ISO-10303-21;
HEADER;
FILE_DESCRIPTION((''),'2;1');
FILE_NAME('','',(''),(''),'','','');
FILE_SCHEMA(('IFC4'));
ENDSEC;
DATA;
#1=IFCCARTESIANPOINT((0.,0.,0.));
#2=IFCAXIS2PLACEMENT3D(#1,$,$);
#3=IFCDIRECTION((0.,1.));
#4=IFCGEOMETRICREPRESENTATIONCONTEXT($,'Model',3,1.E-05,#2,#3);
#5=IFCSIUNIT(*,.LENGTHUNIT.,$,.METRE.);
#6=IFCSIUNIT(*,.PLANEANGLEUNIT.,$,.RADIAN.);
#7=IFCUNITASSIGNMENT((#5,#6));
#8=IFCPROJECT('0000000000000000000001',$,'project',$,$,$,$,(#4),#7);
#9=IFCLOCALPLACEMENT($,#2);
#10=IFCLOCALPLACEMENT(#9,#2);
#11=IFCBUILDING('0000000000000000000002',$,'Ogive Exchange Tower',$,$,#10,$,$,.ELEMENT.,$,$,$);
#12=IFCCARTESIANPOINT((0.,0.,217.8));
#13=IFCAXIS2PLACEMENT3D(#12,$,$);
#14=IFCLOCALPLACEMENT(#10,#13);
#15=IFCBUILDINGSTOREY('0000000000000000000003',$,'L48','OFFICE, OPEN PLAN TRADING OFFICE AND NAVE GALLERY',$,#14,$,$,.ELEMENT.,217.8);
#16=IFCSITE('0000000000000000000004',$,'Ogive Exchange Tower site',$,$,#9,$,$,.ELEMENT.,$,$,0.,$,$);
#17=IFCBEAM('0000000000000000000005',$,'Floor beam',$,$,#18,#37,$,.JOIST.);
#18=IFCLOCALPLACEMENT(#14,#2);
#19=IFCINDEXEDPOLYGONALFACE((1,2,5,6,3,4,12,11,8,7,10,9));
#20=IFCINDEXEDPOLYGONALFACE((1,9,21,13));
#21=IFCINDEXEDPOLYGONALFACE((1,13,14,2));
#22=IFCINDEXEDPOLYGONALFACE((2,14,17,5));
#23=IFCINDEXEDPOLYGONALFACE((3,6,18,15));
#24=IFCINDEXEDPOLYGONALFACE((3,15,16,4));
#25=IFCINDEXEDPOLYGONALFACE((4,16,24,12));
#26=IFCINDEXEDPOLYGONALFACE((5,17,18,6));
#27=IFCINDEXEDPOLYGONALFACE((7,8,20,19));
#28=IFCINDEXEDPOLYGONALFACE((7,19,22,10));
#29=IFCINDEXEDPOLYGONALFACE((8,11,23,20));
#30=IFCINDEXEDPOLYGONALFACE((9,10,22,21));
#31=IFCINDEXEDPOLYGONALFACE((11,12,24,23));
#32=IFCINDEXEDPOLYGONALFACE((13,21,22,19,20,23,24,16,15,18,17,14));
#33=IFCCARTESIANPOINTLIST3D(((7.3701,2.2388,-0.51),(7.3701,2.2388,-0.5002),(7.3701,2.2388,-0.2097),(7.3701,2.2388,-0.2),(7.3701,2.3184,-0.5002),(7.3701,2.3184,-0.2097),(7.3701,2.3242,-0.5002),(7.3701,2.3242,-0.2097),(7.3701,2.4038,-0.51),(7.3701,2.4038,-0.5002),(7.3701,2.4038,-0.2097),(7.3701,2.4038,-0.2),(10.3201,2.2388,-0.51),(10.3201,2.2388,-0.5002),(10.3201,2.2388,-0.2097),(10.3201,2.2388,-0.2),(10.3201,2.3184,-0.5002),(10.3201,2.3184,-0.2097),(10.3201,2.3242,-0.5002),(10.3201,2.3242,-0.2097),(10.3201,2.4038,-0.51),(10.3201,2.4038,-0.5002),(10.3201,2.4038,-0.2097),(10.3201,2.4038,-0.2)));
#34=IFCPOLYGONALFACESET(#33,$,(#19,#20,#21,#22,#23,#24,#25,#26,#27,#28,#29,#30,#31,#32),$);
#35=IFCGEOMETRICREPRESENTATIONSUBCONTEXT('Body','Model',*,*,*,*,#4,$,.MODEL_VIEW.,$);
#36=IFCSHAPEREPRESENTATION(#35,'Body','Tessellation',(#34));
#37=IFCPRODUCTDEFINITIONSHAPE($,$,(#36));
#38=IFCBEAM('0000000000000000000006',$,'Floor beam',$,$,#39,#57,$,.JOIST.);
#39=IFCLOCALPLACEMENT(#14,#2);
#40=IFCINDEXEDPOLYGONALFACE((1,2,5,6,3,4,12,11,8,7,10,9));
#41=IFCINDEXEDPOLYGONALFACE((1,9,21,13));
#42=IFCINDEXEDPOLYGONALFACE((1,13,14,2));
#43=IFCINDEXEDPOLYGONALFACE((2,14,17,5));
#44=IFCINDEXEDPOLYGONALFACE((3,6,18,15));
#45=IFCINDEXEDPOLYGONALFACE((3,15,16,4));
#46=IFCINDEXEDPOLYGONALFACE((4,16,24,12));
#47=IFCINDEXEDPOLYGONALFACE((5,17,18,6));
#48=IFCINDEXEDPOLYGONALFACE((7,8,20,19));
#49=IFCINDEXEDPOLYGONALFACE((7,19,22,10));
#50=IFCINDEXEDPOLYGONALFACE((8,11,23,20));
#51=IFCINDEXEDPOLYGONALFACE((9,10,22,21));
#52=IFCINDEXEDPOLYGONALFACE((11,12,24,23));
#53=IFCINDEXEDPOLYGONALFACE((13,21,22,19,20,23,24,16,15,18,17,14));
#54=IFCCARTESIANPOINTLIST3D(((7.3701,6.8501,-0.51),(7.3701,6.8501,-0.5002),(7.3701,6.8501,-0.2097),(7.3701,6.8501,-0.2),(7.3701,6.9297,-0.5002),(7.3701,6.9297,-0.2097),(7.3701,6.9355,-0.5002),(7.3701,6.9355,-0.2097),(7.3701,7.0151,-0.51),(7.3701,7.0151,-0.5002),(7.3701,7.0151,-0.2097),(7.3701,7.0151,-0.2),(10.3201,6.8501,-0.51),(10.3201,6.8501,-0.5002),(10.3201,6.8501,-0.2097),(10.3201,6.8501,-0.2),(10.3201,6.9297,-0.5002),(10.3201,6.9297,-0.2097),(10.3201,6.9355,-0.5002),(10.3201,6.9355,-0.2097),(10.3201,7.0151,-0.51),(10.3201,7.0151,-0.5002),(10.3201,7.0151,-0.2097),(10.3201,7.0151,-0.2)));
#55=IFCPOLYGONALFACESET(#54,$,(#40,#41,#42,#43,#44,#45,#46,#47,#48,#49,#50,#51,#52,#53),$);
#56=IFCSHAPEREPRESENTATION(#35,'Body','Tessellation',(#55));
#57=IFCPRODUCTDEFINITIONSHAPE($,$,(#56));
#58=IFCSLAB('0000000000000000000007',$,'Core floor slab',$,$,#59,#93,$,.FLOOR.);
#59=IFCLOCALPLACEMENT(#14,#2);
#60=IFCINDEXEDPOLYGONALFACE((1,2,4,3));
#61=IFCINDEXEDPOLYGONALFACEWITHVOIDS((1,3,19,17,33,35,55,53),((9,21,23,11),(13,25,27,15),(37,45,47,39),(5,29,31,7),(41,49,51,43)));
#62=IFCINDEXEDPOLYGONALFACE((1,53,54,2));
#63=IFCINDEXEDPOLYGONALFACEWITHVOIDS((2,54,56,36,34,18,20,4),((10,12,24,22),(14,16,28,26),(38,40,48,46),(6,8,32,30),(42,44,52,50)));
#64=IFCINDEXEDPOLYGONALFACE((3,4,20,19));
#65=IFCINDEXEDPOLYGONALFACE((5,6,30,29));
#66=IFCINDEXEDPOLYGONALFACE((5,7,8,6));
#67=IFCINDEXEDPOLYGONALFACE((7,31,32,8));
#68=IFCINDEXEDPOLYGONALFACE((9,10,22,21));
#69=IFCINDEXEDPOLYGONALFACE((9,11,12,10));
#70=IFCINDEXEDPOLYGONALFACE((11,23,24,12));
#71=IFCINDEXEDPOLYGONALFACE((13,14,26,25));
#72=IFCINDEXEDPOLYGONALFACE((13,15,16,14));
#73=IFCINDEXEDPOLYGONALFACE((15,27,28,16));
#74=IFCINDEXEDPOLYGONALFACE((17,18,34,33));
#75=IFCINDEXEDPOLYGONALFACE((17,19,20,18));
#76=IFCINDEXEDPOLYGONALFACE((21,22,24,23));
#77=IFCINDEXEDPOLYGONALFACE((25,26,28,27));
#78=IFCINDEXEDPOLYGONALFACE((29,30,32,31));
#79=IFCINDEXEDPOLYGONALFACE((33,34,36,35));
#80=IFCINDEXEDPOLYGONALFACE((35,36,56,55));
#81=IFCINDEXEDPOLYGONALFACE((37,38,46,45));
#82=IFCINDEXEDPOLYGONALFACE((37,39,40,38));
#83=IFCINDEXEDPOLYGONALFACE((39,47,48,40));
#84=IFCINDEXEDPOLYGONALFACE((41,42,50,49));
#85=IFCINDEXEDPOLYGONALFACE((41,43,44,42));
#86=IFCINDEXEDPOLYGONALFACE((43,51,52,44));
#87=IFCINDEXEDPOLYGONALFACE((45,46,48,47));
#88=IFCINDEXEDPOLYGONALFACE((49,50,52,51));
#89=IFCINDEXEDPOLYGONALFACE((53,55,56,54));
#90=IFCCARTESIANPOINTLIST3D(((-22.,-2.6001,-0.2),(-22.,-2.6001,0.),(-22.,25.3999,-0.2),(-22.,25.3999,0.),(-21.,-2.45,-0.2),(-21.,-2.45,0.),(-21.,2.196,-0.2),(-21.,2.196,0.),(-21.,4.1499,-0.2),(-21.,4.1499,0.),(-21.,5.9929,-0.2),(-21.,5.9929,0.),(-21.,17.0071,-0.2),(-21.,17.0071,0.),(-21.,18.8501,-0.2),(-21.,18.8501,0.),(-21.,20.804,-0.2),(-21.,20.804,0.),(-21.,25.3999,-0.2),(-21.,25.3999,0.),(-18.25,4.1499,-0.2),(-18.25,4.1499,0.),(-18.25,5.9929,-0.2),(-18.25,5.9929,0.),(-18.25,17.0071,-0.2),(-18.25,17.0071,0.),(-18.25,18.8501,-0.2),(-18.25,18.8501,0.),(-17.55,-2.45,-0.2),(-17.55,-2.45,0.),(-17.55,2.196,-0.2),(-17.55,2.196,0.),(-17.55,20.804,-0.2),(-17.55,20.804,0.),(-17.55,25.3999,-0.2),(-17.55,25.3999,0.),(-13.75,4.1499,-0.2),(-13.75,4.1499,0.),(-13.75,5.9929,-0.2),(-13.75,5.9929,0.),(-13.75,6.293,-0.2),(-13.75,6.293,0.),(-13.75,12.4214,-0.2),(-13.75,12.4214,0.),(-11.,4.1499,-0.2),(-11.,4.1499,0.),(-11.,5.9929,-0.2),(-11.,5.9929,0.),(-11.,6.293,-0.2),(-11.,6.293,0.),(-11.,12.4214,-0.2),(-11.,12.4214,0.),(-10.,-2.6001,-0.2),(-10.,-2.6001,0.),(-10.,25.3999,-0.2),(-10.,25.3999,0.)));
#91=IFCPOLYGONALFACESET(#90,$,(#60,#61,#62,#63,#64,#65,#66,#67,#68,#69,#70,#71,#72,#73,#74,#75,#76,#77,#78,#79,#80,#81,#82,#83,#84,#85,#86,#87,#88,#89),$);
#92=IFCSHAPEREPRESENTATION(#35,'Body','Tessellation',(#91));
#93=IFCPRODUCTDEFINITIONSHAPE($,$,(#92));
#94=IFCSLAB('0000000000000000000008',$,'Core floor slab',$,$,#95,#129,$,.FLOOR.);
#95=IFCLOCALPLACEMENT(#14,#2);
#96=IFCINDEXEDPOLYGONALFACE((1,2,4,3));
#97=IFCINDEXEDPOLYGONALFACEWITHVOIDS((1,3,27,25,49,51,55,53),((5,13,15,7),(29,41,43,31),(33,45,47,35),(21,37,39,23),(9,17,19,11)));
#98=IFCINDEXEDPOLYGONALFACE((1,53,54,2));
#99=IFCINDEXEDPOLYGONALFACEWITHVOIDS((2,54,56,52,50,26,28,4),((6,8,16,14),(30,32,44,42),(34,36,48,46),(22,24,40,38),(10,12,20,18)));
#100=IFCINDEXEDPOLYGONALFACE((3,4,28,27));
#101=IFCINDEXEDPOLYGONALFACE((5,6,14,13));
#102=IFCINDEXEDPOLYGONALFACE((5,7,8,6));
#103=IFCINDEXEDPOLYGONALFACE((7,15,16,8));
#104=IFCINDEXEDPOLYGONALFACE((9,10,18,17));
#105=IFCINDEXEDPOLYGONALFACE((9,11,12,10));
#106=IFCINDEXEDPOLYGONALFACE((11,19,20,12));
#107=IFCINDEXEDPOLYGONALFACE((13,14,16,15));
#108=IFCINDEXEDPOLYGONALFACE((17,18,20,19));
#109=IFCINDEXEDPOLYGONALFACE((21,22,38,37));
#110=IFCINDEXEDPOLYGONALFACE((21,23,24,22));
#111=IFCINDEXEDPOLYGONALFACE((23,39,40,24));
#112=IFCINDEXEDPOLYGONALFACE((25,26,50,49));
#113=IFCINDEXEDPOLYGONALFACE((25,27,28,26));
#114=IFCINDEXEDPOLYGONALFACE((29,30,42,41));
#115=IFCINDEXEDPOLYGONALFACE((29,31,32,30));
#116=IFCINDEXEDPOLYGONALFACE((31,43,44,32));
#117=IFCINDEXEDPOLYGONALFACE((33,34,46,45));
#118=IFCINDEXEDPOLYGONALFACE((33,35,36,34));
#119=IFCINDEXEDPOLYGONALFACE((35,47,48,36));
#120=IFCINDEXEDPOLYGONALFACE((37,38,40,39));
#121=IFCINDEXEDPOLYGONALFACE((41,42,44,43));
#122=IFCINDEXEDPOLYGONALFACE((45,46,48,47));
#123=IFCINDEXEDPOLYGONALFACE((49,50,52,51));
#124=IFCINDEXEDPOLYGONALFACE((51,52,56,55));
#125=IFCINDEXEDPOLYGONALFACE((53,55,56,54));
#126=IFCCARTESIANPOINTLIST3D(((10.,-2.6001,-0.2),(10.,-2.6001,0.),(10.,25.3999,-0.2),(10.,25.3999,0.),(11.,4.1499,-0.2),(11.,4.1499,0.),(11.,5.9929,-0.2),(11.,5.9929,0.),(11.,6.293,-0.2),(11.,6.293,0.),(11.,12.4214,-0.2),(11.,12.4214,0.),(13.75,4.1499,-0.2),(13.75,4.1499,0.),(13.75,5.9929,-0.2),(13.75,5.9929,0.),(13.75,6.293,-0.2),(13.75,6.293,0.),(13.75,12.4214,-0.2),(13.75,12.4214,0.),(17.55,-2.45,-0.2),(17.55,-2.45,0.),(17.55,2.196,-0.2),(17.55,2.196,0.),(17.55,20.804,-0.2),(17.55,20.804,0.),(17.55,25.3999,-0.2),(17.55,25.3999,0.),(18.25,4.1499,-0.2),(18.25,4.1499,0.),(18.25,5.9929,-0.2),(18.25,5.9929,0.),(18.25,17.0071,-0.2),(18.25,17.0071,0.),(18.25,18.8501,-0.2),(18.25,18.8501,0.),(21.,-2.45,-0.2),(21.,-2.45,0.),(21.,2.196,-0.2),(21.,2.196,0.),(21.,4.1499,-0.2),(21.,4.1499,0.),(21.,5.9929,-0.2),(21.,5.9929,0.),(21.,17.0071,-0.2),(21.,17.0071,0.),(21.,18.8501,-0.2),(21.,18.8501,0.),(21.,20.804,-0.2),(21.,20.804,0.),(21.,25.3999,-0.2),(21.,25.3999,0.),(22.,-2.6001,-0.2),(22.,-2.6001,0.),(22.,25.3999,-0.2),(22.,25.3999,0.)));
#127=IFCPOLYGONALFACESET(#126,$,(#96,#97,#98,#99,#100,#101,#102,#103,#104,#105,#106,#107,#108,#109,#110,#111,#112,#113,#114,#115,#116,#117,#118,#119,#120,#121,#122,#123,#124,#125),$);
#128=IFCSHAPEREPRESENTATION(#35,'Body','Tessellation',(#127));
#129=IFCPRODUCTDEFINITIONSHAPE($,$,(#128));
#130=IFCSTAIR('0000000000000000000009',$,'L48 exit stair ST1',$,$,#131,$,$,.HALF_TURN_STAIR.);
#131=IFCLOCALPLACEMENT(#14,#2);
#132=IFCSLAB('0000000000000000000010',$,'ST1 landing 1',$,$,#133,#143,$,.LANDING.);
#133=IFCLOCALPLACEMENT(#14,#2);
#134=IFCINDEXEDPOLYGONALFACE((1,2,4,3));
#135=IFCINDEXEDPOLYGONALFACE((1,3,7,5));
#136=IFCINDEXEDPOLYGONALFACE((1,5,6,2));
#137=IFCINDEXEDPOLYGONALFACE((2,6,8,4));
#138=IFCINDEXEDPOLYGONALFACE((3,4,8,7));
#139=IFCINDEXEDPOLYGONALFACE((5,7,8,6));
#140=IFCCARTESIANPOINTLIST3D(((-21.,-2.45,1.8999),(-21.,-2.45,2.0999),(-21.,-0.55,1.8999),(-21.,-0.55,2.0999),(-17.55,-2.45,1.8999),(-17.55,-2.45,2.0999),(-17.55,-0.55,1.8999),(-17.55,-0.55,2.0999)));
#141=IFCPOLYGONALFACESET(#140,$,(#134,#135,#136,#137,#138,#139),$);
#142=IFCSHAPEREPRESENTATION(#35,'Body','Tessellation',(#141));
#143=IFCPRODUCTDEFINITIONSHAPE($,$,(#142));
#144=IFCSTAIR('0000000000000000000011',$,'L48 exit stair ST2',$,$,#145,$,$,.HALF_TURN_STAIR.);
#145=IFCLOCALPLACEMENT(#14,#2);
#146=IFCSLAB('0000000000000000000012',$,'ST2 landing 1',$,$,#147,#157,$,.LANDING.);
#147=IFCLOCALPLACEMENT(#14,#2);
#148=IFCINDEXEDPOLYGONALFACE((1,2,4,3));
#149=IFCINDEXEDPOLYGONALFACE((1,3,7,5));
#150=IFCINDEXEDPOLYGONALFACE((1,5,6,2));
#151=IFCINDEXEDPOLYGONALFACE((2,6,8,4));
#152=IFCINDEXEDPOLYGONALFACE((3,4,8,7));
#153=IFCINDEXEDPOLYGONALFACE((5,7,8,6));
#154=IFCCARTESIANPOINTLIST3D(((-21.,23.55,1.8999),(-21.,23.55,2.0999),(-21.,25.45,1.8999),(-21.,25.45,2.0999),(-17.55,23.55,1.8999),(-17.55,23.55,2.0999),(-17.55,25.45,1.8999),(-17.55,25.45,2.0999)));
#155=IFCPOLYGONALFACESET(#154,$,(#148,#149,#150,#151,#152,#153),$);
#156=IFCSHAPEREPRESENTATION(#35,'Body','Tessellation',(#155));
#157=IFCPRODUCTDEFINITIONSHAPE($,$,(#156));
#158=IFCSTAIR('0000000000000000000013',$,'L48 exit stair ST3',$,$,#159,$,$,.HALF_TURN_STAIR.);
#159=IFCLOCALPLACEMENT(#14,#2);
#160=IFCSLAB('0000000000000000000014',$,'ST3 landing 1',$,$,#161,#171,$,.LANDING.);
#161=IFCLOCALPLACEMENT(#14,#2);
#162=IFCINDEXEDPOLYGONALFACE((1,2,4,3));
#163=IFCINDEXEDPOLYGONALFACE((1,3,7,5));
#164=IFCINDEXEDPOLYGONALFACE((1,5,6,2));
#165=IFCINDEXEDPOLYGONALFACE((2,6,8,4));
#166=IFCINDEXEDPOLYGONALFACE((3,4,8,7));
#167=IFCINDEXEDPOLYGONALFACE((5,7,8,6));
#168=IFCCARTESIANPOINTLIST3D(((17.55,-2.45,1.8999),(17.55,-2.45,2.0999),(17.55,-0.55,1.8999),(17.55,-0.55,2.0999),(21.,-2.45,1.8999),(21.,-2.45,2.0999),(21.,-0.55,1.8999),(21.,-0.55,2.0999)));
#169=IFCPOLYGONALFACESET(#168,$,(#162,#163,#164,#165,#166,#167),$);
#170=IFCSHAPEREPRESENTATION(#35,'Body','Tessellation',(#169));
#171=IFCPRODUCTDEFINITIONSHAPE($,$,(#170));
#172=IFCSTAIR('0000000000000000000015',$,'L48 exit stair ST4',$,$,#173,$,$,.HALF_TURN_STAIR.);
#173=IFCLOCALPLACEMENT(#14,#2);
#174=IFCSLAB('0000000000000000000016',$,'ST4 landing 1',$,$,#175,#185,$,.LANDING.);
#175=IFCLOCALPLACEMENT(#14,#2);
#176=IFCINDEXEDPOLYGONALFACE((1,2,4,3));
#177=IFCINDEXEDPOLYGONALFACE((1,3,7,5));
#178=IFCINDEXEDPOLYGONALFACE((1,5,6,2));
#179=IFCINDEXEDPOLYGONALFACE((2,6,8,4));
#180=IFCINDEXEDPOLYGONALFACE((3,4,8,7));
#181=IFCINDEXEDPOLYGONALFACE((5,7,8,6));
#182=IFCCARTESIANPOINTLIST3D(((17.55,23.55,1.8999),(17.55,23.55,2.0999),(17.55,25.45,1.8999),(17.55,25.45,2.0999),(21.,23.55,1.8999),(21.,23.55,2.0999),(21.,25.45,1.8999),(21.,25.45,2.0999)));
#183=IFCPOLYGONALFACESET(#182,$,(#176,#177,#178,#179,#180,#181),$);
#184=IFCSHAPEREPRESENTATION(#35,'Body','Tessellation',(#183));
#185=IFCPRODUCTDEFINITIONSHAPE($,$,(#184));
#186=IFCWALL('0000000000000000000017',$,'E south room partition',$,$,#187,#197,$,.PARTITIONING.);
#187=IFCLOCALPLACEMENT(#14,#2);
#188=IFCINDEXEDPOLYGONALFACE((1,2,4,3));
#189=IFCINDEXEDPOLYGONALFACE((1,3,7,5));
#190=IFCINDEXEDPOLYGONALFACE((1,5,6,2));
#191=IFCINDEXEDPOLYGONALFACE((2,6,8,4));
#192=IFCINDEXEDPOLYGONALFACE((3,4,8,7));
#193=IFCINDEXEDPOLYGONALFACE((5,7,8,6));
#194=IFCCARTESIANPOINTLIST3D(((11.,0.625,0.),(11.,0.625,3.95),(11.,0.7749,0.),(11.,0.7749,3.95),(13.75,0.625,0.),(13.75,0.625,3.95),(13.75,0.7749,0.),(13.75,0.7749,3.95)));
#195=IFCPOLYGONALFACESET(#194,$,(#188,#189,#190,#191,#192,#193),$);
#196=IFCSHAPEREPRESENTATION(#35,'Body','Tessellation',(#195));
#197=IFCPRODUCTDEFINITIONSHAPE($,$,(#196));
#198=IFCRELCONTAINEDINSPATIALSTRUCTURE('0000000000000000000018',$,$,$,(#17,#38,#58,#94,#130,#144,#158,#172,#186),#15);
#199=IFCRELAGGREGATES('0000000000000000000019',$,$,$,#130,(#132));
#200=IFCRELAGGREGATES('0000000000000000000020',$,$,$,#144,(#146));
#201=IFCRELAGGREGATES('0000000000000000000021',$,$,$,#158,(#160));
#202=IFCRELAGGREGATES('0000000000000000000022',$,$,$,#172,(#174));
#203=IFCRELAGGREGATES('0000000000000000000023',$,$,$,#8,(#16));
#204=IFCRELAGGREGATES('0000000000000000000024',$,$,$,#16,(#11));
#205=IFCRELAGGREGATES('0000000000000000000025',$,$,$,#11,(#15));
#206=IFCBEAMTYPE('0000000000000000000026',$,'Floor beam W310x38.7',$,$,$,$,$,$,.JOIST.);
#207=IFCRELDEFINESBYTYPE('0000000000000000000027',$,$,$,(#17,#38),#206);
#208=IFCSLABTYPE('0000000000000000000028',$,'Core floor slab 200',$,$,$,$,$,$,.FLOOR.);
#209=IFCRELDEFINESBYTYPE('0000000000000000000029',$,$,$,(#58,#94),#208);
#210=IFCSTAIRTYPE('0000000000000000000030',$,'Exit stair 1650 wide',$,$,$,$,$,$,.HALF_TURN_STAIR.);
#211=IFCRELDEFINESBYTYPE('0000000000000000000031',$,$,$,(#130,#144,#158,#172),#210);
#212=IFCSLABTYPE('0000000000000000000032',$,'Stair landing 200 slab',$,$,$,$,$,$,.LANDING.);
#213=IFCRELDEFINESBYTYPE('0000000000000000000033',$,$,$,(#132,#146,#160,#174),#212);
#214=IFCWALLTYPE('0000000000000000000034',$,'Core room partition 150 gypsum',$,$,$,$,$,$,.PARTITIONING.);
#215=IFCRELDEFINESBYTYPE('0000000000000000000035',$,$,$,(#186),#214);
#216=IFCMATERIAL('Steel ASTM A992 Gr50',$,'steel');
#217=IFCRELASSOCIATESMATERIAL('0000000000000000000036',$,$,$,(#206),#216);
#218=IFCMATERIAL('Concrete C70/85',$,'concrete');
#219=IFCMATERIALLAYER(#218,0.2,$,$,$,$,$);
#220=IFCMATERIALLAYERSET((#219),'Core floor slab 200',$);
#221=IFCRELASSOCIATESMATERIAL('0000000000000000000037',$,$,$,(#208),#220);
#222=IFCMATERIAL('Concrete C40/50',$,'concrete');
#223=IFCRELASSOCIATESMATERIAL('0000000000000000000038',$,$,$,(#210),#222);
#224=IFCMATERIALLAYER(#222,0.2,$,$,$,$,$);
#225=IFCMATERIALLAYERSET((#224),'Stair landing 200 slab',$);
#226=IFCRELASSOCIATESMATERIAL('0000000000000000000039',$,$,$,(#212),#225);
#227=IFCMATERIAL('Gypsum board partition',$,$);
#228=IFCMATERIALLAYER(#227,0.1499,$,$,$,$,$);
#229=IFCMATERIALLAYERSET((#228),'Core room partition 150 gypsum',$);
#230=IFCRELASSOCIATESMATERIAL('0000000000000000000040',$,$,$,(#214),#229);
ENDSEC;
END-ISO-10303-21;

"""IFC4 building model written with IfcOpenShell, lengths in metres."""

from ifc_helpers import new_model, si_unit, direction, frame, frame_2d, origin, origin_2d, place, context, subcontext, project, spatial, polyline, rectangle, i_section, outline, extrude, material, layer, layer_set, material_profile, profile_set, type_object, element, aggregate, save


model = new_model("IFC4")

# Units and contexts
model_context = context("Model", 3, precision=1e-05, world=origin(), true_north=direction((0.0, 1.0)))
body_context = subcontext(model_context, "Body", "Model", "MODEL_VIEW")
ifc_project = project(units=[si_unit("LENGTHUNIT", "METRE"), si_unit("PLANEANGLEUNIT", "RADIAN")], contexts=[model_context])

# Site, building, storey
site_placement = place(None, origin())
site = spatial("IfcSite", under=ifc_project, at=site_placement, Name="Ogive Exchange Tower site", CompositionType="ELEMENT", RefElevation=0.0)
building_placement = place(site_placement, origin())
building = spatial("IfcBuilding", under=site, at=building_placement, Name="Ogive Exchange Tower", CompositionType="ELEMENT")
storey_placement = place(building_placement, frame((0.0, 0.0, 217.8)))
storey = spatial("IfcBuildingStorey", under=building, at=storey_placement, Name="L48", Description="OFFICE, OPEN PLAN TRADING OFFICE AND NAVE GALLERY", CompositionType="ELEMENT", Elevation=217.8)

# Beams
ifc_material_1 = material(Name="Steel ASTM A992 Gr50", Category="steel")
ifc_material_profile = material_profile(ifc_material_1, i_section(OverallWidth=0.165, OverallDepth=0.3101, WebThickness=0.0059, FlangeThickness=0.0098, at=origin_2d()), Name="W310x38.7")
ifc_profile_set = profile_set([ifc_material_profile], Name="Steel ASTM A992 Gr50")
beam_type = type_object("IfcBeamType", Name="Floor beam W310x38.7", PredefinedType="JOIST", material=ifc_profile_set)
for number, where, z_axis, x_axis, name in (
    (1, (7.3701, 2.3213, -0.355), (1.0, 0.0, 0.0), (0.0, 1.0, 0.0), "Floor beam"),
    (2, (7.3701, 6.9326, -0.355), (1.0, 0.0, 0.0), (0.0, 1.0, 0.0), "Floor beam"),
):
    element("IfcBeam", number, at=place(storey_placement, frame(where, z_axis=z_axis, x_axis=x_axis)), inside=storey, type_object=beam_type, Name=name, PredefinedType="JOIST", context=body_context, shape_type="SweptSolid", body=[
        extrude(i_section(OverallWidth=0.165, OverallDepth=0.3101, WebThickness=0.0059, FlangeThickness=0.0098, at=origin_2d()), origin(), (0.0, 0.0, 1.0), 2.95),
    ])

# Slabs
ifc_material_2 = material(Name="Concrete C70/85", Category="concrete")
ifc_layer_1 = layer(ifc_material_2, 0.2)
ifc_layer_set_1 = layer_set([ifc_layer_1], Name="Core floor slab 200")
slab_type_1 = type_object("IfcSlabType", Name="Core floor slab 200", PredefinedType="FLOOR", material=ifc_layer_set_1)
slab_1_placement = place(storey_placement, frame((0.0, 0.0, -0.2)))
element("IfcSlab", 3, at=slab_1_placement, inside=storey, type_object=slab_type_1, Name="Core floor slab", PredefinedType="FLOOR", context=body_context, shape_type="SweptSolid", body=[
    extrude(outline(polyline([(-10.0, 25.3999), (-10.0, -2.6001), (-22.0, -2.6001), (-22.0, 25.3999), (-21.0, 25.3999), (-21.0, 20.804), (-17.55, 20.804), (-17.55, 25.3999), (-10.0, 25.3999)]), holes=[polyline([(-17.55, 2.196), (-21.0, 2.196), (-21.0, -2.45), (-17.55, -2.45), (-17.55, 2.196)]), polyline([(-18.25, 5.9929), (-21.0, 5.9929), (-21.0, 4.1499), (-18.25, 4.1499), (-18.25, 5.9929)]), polyline([(-11.0, 5.9929), (-13.75, 5.9929), (-13.75, 4.1499), (-11.0, 4.1499), (-11.0, 5.9929)]), polyline([(-13.75, 12.4214), (-13.75, 6.293), (-11.0, 6.293), (-11.0, 12.4214), (-13.75, 12.4214)]), polyline([(-18.25, 18.8501), (-21.0, 18.8501), (-21.0, 17.0071), (-18.25, 17.0071), (-18.25, 18.8501)])]), origin(), (0.0, 0.0, 1.0), 0.2),
])
slab_2_placement = place(storey_placement, frame((0.0, 0.0, -0.2)))
element("IfcSlab", 4, at=slab_2_placement, inside=storey, type_object=slab_type_1, Name="Core floor slab", PredefinedType="FLOOR", context=body_context, shape_type="SweptSolid", body=[
    extrude(outline(polyline([(22.0, 25.3999), (22.0, -2.6001), (10.0, -2.6001), (10.0, 25.3999), (17.55, 25.3999), (17.55, 20.804), (21.0, 20.804), (21.0, 25.3999), (22.0, 25.3999)]), holes=[polyline([(21.0, 2.196), (17.55, 2.196), (17.55, -2.45), (21.0, -2.45), (21.0, 2.196)]), polyline([(13.75, 5.9929), (11.0, 5.9929), (11.0, 4.1499), (13.75, 4.1499), (13.75, 5.9929)]), polyline([(21.0, 5.9929), (18.25, 5.9929), (18.25, 4.1499), (21.0, 4.1499), (21.0, 5.9929)]), polyline([(11.0, 12.4214), (11.0, 6.293), (13.75, 6.293), (13.75, 12.4214), (11.0, 12.4214)]), polyline([(21.0, 18.8501), (18.25, 18.8501), (18.25, 17.0071), (21.0, 17.0071), (21.0, 18.8501)])]), origin(), (0.0, 0.0, 1.0), 0.2),
])

# Stairs, slabs
ifc_material_3 = material(Name="Concrete C40/50", Category="concrete")
stair_type = type_object("IfcStairType", Name="Exit stair 1650 wide", PredefinedType="HALF_TURN_STAIR", material=ifc_material_3)
stair_1_placement = place(storey_placement, origin())
stair_1 = element("IfcStair", 5, at=stair_1_placement, inside=storey, type_object=stair_type, Name="L48 exit stair ST1", PredefinedType="HALF_TURN_STAIR")
ifc_layer_2 = layer(ifc_material_3, 0.2)
ifc_layer_set_2 = layer_set([ifc_layer_2], Name="Stair landing 200 slab")
slab_type_2 = type_object("IfcSlabType", Name="Stair landing 200 slab", PredefinedType="LANDING", material=ifc_layer_set_2)
slab_3_placement = place(storey_placement, frame((0.0, 0.0, 1.8999)))
slab_3 = element("IfcSlab", 6, at=slab_3_placement, type_object=slab_type_2, Name="ST1 landing 1", PredefinedType="LANDING", context=body_context, shape_type="SweptSolid", body=[
    extrude(outline(polyline([(-21.0, -0.55), (-21.0, -2.45), (-17.55, -2.45), (-17.55, -0.55), (-21.0, -0.55)])), origin(), (0.0, 0.0, 1.0), 0.2),
])
aggregate(stair_1, [slab_3])
stair_2_placement = place(storey_placement, origin())
stair_2 = element("IfcStair", 7, at=stair_2_placement, inside=storey, type_object=stair_type, Name="L48 exit stair ST2", PredefinedType="HALF_TURN_STAIR")
slab_4_placement = place(storey_placement, frame((0.0, 0.0, 1.8999)))
slab_4 = element("IfcSlab", 8, at=slab_4_placement, type_object=slab_type_2, Name="ST2 landing 1", PredefinedType="LANDING", context=body_context, shape_type="SweptSolid", body=[
    extrude(outline(polyline([(-17.55, 23.55), (-17.55, 25.45), (-21.0, 25.45), (-21.0, 23.55), (-17.55, 23.55)])), origin(), (0.0, 0.0, 1.0), 0.2),
])
aggregate(stair_2, [slab_4])
stair_3_placement = place(storey_placement, origin())
stair_3 = element("IfcStair", 9, at=stair_3_placement, inside=storey, type_object=stair_type, Name="L48 exit stair ST3", PredefinedType="HALF_TURN_STAIR")
slab_5_placement = place(storey_placement, frame((0.0, 0.0, 1.8999)))
slab_5 = element("IfcSlab", 10, at=slab_5_placement, type_object=slab_type_2, Name="ST3 landing 1", PredefinedType="LANDING", context=body_context, shape_type="SweptSolid", body=[
    extrude(outline(polyline([(17.55, -0.55), (17.55, -2.45), (21.0, -2.45), (21.0, -0.55), (17.55, -0.55)])), origin(), (0.0, 0.0, 1.0), 0.2),
])
aggregate(stair_3, [slab_5])
stair_4_placement = place(storey_placement, origin())
stair_4 = element("IfcStair", 11, at=stair_4_placement, inside=storey, type_object=stair_type, Name="L48 exit stair ST4", PredefinedType="HALF_TURN_STAIR")
slab_6_placement = place(storey_placement, frame((0.0, 0.0, 1.8999)))
slab_6 = element("IfcSlab", 12, at=slab_6_placement, type_object=slab_type_2, Name="ST4 landing 1", PredefinedType="LANDING", context=body_context, shape_type="SweptSolid", body=[
    extrude(outline(polyline([(21.0, 23.55), (21.0, 25.45), (17.55, 25.45), (17.55, 23.55), (21.0, 23.55)])), origin(), (0.0, 0.0, 1.0), 0.2),
])
aggregate(stair_4, [slab_6])

# Wall
ifc_material_4 = material(Name="Gypsum board partition")
ifc_layer_3 = layer(ifc_material_4, 0.1499)
ifc_layer_set_3 = layer_set([ifc_layer_3], Name="Core room partition 150 gypsum")
wall_type_1 = type_object("IfcWallType", Name="Core room partition 150 gypsum", PredefinedType="PARTITIONING", material=ifc_layer_set_3)
wall_1_placement = place(storey_placement, frame((11.0, 0.7, 0.0), z_axis=(0.0, 0.0, 1.0), x_axis=(1.0, 0.0, 0.0)))
element("IfcWall", 13, at=wall_1_placement, inside=storey, type_object=wall_type_1, Name="E south room partition", PredefinedType="PARTITIONING", context=body_context, shape_type="SweptSolid", body=[
    extrude(rectangle(XDim=2.75, YDim=0.1499, at=frame_2d((1.375, 0.0))), origin(), (0.0, 0.0, 1.0), 3.95),
])

save(model, "model.ifc")
